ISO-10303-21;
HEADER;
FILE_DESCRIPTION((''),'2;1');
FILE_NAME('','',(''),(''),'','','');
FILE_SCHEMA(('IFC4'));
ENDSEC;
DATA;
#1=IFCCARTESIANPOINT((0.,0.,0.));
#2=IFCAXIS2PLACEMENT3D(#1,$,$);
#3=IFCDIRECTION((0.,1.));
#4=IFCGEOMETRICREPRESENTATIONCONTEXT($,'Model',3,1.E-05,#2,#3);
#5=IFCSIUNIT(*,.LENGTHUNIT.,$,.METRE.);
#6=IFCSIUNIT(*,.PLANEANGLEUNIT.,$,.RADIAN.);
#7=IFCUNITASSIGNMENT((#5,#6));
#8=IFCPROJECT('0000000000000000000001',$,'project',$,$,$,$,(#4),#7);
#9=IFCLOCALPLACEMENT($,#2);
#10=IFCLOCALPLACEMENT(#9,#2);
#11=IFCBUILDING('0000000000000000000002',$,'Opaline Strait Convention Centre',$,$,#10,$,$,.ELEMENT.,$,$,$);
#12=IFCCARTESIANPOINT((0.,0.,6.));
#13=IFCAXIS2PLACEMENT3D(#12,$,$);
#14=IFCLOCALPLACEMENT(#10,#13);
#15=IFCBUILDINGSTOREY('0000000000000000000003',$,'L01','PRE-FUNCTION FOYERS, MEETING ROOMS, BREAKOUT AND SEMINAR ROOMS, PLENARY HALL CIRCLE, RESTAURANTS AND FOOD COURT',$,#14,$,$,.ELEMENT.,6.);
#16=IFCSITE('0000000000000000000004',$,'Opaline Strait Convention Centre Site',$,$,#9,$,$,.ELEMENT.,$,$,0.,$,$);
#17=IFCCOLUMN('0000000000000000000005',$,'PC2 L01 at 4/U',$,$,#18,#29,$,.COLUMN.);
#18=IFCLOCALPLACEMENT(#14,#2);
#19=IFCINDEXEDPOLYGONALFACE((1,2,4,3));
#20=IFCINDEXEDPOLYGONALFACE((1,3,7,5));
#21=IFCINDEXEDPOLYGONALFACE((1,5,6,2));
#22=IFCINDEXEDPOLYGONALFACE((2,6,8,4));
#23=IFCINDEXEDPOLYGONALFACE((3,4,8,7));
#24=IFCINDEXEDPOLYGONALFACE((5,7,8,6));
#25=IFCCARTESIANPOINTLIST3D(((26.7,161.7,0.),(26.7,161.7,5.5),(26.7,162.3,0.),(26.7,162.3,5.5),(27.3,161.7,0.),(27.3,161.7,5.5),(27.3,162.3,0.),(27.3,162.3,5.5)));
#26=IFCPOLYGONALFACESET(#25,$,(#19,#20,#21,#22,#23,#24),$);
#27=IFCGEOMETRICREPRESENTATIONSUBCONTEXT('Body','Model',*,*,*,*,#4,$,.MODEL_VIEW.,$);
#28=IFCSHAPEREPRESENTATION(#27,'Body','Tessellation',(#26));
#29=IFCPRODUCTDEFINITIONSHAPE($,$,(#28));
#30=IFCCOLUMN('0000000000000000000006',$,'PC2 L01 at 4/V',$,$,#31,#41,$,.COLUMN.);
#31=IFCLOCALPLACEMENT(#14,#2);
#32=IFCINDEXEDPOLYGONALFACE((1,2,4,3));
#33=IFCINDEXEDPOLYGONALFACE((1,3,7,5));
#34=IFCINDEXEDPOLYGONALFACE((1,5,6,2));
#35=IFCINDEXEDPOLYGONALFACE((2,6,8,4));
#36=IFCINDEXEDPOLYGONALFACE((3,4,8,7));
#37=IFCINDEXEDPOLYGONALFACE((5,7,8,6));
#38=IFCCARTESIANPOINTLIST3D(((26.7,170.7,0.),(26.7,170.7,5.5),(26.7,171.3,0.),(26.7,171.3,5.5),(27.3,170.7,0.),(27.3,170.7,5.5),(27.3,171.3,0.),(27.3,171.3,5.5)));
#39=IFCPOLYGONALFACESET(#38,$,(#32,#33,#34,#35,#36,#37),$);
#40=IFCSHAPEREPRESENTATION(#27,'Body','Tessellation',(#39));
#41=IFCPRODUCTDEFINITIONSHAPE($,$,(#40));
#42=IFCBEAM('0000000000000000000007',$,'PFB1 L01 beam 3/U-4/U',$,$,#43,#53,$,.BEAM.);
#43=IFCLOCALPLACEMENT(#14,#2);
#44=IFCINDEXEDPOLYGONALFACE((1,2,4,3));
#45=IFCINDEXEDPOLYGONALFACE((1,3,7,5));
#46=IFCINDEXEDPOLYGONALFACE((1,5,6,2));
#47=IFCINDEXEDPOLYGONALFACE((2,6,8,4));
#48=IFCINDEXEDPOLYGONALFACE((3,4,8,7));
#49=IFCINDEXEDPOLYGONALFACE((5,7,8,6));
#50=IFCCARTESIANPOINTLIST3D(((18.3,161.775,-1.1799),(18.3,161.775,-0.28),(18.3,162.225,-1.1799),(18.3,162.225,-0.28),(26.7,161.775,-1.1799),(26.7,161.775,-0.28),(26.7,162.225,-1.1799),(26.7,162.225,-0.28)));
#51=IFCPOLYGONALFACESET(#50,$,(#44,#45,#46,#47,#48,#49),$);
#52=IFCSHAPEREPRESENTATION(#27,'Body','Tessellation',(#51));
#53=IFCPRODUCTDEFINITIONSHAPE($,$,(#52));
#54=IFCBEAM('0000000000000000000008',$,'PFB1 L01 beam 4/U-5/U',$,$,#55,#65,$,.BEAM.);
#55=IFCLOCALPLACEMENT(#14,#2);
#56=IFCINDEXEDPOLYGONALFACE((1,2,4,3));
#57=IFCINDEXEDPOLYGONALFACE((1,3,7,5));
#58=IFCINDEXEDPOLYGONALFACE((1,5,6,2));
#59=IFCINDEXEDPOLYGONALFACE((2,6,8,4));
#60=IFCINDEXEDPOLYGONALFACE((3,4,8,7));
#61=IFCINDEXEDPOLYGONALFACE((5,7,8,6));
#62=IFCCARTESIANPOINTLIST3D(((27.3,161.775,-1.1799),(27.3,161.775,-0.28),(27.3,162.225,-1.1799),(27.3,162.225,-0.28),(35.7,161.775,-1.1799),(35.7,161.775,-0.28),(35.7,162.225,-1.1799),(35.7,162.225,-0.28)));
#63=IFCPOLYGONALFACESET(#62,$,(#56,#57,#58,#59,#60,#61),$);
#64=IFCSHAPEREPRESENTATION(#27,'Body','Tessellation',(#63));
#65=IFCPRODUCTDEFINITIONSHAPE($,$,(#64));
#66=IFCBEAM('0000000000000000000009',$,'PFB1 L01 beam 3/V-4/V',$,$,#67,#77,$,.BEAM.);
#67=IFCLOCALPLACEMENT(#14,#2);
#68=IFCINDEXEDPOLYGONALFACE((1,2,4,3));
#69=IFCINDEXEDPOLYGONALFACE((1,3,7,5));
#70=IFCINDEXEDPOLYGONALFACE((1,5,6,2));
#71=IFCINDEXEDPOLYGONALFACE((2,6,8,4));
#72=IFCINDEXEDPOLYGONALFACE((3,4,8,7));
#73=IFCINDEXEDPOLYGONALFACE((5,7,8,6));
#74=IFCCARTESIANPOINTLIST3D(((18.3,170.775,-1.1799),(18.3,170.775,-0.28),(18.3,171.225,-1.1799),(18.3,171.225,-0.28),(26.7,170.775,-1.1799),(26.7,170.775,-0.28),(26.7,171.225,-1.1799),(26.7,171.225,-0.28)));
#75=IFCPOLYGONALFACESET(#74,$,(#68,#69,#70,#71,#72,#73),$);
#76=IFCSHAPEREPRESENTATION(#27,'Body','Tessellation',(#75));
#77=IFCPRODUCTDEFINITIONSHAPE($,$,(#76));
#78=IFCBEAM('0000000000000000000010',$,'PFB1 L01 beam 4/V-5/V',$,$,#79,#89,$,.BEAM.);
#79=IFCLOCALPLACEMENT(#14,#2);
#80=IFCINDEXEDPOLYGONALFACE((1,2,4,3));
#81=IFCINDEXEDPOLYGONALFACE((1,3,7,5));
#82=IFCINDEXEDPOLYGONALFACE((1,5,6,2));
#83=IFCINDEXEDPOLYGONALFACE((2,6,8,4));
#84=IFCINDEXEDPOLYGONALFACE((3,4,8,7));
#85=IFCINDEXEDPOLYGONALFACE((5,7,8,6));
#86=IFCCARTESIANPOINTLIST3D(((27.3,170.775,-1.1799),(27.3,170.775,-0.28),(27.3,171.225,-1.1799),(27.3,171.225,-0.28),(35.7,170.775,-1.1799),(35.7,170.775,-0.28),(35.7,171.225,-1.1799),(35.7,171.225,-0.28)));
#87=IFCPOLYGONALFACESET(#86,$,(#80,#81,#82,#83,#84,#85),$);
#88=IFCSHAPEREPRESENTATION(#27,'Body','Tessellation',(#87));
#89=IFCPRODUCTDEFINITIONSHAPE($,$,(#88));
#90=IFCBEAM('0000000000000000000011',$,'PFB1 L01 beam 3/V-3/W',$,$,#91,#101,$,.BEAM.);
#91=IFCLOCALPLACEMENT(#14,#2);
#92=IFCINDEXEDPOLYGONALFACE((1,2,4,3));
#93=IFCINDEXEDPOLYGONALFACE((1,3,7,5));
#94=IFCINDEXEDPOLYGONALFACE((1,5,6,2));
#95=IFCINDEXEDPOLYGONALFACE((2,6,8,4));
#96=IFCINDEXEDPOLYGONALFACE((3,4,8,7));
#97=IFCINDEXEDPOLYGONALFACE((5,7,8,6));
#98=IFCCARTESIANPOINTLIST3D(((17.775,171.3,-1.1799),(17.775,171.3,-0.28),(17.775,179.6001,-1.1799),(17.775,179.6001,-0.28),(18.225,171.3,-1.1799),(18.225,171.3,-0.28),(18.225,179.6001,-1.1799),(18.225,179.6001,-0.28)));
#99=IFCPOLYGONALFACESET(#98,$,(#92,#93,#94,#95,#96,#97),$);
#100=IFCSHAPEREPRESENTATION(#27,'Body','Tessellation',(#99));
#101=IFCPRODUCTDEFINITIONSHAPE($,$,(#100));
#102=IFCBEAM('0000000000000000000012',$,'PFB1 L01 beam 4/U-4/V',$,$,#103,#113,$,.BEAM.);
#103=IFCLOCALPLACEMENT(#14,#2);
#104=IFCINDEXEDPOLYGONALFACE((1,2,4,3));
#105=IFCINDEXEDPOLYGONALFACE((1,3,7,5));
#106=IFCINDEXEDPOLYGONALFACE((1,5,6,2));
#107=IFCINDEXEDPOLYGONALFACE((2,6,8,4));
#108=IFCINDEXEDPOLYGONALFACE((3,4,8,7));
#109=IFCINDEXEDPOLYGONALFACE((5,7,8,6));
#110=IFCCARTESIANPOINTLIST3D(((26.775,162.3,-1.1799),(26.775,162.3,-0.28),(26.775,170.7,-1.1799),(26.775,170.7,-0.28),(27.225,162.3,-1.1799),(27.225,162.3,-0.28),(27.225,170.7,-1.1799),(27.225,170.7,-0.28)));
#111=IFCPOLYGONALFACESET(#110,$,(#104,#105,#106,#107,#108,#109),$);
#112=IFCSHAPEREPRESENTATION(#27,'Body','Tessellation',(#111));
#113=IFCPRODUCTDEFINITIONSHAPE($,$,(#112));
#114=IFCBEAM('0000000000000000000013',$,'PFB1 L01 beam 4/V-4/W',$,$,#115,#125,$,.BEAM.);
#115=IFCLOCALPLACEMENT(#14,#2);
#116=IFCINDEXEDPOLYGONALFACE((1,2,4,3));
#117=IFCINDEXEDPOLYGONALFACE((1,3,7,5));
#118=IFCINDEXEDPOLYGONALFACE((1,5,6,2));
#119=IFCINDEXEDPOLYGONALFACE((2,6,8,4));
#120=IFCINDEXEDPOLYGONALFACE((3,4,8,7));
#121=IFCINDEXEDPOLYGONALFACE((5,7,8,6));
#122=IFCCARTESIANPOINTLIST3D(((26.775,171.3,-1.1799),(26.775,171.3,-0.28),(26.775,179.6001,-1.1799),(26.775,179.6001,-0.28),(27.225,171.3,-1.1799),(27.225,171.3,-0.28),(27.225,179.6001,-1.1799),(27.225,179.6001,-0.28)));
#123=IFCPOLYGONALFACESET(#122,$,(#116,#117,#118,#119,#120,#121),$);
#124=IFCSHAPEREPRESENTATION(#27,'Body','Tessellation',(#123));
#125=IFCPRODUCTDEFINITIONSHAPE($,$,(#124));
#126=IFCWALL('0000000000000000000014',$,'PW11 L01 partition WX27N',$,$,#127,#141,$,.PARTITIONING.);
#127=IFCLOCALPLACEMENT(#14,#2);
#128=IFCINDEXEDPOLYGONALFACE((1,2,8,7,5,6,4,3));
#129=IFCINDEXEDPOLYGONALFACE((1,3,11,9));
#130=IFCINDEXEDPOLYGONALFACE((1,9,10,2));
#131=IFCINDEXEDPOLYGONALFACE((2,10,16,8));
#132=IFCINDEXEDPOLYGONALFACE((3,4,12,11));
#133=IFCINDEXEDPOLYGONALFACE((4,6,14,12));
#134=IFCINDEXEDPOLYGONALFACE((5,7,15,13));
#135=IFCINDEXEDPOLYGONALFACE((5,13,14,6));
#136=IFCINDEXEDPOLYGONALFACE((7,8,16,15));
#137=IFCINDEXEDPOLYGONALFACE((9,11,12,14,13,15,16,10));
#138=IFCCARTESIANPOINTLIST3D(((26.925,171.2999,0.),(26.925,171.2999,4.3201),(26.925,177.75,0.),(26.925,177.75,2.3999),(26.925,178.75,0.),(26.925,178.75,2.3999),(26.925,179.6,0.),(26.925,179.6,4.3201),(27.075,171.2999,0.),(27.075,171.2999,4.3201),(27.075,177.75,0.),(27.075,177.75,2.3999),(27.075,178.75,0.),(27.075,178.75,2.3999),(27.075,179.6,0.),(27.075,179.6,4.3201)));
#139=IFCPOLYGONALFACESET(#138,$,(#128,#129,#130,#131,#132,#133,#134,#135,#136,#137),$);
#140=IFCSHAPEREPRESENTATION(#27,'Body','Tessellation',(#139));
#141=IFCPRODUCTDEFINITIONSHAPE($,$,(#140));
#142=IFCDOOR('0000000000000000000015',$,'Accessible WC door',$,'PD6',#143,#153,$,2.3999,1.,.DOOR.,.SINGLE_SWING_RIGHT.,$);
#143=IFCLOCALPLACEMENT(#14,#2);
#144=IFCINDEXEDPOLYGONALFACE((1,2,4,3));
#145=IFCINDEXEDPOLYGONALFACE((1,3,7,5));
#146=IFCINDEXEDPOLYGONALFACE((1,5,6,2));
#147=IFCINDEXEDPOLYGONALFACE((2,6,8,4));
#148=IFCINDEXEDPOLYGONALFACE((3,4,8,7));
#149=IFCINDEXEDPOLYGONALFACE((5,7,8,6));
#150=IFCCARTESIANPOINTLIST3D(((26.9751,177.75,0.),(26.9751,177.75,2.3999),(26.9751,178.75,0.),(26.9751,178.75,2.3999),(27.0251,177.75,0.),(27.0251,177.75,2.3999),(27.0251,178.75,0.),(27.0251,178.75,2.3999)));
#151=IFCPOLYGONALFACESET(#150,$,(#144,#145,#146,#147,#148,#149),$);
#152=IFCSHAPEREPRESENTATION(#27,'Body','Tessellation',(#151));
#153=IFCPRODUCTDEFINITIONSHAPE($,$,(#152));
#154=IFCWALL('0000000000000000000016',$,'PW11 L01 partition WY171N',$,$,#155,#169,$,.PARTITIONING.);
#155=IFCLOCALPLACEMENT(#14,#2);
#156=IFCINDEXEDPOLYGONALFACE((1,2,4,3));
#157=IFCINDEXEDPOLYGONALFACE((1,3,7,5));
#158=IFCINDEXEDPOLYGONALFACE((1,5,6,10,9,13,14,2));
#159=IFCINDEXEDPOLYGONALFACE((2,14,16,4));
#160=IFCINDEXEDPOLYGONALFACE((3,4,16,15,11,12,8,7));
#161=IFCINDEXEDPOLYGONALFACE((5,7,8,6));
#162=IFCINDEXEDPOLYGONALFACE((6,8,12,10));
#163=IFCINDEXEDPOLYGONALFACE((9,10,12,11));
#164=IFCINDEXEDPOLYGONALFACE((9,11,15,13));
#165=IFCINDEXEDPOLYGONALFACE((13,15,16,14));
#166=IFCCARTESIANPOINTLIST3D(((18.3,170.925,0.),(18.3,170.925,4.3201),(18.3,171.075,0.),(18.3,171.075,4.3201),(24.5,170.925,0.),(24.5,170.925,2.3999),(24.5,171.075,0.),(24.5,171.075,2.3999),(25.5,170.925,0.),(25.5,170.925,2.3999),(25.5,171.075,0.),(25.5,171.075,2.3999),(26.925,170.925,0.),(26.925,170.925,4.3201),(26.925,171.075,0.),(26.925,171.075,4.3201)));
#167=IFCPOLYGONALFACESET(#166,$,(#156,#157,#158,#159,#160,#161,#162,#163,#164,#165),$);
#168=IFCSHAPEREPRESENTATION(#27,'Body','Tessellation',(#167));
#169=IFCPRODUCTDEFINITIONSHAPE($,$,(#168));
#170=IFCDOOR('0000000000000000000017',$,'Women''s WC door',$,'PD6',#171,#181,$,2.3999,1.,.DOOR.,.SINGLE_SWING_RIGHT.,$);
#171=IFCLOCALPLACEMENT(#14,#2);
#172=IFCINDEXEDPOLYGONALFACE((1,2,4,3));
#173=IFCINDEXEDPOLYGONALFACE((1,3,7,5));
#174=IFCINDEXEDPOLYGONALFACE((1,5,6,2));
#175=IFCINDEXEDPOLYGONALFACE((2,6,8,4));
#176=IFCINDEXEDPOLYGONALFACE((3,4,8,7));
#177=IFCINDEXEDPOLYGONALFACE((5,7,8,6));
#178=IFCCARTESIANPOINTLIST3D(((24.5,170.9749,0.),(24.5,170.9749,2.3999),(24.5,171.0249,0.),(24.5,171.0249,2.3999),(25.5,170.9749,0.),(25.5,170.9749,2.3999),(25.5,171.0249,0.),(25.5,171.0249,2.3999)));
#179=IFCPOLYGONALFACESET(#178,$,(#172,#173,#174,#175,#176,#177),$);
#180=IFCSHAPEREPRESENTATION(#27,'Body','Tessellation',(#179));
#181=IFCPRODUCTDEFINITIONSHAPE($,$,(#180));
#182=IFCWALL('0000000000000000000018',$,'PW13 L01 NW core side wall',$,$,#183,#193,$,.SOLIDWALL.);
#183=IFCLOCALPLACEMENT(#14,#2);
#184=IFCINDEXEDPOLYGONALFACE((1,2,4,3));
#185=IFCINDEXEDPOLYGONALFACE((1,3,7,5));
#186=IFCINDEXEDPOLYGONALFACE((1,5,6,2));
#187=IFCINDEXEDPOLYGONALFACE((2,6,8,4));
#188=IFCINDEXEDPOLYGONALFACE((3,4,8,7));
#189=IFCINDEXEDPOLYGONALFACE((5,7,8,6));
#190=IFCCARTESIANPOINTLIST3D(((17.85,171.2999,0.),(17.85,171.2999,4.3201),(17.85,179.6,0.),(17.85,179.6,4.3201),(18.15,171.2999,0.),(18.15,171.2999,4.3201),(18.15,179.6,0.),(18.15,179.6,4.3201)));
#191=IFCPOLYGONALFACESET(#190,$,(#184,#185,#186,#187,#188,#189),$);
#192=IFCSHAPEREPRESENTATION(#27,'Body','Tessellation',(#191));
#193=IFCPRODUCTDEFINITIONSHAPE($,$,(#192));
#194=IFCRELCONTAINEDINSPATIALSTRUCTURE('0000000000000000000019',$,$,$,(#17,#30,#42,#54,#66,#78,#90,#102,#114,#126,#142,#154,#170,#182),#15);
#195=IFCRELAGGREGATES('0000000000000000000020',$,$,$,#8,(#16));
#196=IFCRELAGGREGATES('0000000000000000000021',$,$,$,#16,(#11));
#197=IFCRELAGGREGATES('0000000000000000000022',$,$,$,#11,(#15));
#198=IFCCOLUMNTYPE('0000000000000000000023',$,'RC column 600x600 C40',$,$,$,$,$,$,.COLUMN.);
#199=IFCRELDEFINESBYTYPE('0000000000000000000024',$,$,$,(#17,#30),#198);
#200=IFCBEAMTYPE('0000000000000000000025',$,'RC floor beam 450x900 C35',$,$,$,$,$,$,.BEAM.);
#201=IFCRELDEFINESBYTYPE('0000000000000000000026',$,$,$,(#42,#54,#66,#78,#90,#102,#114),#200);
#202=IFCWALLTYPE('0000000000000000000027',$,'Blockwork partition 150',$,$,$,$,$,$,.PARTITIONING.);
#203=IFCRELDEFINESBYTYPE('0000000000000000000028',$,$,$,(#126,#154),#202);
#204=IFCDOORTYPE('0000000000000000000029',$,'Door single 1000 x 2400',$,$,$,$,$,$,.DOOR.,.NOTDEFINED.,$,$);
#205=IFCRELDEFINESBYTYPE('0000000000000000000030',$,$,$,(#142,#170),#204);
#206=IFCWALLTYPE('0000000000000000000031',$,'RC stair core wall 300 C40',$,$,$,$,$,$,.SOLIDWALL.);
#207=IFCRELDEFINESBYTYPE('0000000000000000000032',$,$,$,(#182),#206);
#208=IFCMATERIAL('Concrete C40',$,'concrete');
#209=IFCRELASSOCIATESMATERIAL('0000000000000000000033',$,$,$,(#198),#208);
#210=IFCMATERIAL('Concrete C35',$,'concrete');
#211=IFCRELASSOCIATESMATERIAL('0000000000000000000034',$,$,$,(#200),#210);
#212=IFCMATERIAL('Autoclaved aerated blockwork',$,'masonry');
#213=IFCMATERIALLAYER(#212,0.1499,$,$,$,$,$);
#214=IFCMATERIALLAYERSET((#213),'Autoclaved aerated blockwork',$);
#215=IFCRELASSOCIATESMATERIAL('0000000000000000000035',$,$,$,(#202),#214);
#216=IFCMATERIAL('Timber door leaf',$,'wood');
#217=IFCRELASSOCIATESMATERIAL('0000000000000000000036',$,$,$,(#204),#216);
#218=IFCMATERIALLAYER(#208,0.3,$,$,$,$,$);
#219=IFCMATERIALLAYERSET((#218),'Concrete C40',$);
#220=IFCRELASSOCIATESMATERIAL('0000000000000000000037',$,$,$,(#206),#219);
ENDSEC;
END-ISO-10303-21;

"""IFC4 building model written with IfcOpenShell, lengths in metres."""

from ifc_helpers import new_model, si_unit, direction, frame, frame_2d, origin, origin_2d, place, context, subcontext, project, spatial, rectangle, extrude, material, layer, layer_set, material_profile, profile_set, type_object, element, fill, save


model = new_model("IFC4")

# Units and contexts
model_context = context("Model", 3, precision=1e-05, world=origin(), true_north=direction((0.0, 1.0)))
body_context = subcontext(model_context, "Body", "Model", "MODEL_VIEW")
ifc_project = project(units=[si_unit("LENGTHUNIT", "METRE"), si_unit("PLANEANGLEUNIT", "RADIAN")], contexts=[model_context])

# Site, building, storey
site_placement = place(None, origin())
site = spatial("IfcSite", under=ifc_project, at=site_placement, Name="Opaline Strait Convention Centre Site", CompositionType="ELEMENT", RefElevation=0.0)
building_placement = place(site_placement, origin())
building = spatial("IfcBuilding", under=site, at=building_placement, Name="Opaline Strait Convention Centre", CompositionType="ELEMENT")
storey_placement = place(building_placement, frame((0.0, 0.0, 6.0)))
storey = spatial("IfcBuildingStorey", under=building, at=storey_placement, Name="L01", Description="PRE-FUNCTION FOYERS, MEETING ROOMS, BREAKOUT AND SEMINAR ROOMS, PLENARY HALL CIRCLE, RESTAURANTS AND FOOD COURT", CompositionType="ELEMENT", Elevation=6.0)

# Columns
ifc_material_1 = material(Name="Concrete C40", Category="concrete")
ifc_material_profile_1 = material_profile(ifc_material_1, rectangle(XDim=0.6001, YDim=0.6001, at=origin_2d()), Name="RC 600x600")
ifc_profile_set_1 = profile_set([ifc_material_profile_1], Name="Concrete C40")
column_type = type_object("IfcColumnType", Name="RC column 600x600 C40", PredefinedType="COLUMN", material=ifc_profile_set_1)
for number, where, z_axis, x_axis, name in (
    (1, (27.0, 162.0, 0.0), (0.0, 0.0, 1.0), (1.0, 0.0, 0.0), "PC2 L01 at 4/U"),
    (2, (27.0, 171.0, 0.0), (0.0, 0.0, 1.0), (1.0, 0.0, 0.0), "PC2 L01 at 4/V"),
):
    element("IfcColumn", number, at=place(storey_placement, frame(where, z_axis=z_axis, x_axis=x_axis)), inside=storey, type_object=column_type, Name=name, PredefinedType="COLUMN", context=body_context, shape_type="SweptSolid", body=[
        extrude(rectangle(XDim=0.6001, YDim=0.6001, at=origin_2d()), origin(), (0.0, 0.0, 1.0), 5.5),
    ])

# Beams
ifc_material_2 = material(Name="Concrete C35", Category="concrete")
ifc_material_profile_2 = material_profile(ifc_material_2, rectangle(XDim=0.45, YDim=0.8999, at=origin_2d()), Name="RC 450x900")
ifc_profile_set_2 = profile_set([ifc_material_profile_2], Name="Concrete C35")
beam_type = type_object("IfcBeamType", Name="RC floor beam 450x900 C35", PredefinedType="BEAM", material=ifc_profile_set_2)
for number, where, z_axis, x_axis, name in (
    (3, (18.3, 162.0, -0.73), (1.0, 0.0, 0.0), (0.0, 1.0, 0.0), "PFB1 L01 beam 3/U-4/U"),
    (4, (27.3, 162.0, -0.73), (1.0, 0.0, 0.0), (0.0, 1.0, 0.0), "PFB1 L01 beam 4/U-5/U"),
    (5, (18.3, 171.0, -0.73), (1.0, 0.0, 0.0), (0.0, 1.0, 0.0), "PFB1 L01 beam 3/V-4/V"),
    (6, (27.3, 171.0, -0.73), (1.0, 0.0, 0.0), (0.0, 1.0, 0.0), "PFB1 L01 beam 4/V-5/V"),
):
    element("IfcBeam", number, at=place(storey_placement, frame(where, z_axis=z_axis, x_axis=x_axis)), inside=storey, type_object=beam_type, Name=name, PredefinedType="BEAM", context=body_context, shape_type="SweptSolid", body=[
        extrude(rectangle(XDim=0.45, YDim=0.8999, at=origin_2d()), origin(), (0.0, 0.0, 1.0), 8.3999),
    ])
beam_1_placement = place(storey_placement, frame((18.0, 171.3, -0.73), z_axis=(0.0, 1.0, 0.0), x_axis=(-1.0, 0.0, 0.0)))
element("IfcBeam", 7, at=beam_1_placement, inside=storey, type_object=beam_type, Name="PFB1 L01 beam 3/V-3/W", PredefinedType="BEAM", context=body_context, shape_type="SweptSolid", body=[
    extrude(rectangle(XDim=0.45, YDim=0.8999, at=origin_2d()), origin(), (0.0, 0.0, 1.0), 8.3),
])
beam_2_placement = place(storey_placement, frame((27.0, 162.3, -0.73), z_axis=(0.0, 1.0, 0.0), x_axis=(-1.0, 0.0, 0.0)))
element("IfcBeam", 8, at=beam_2_placement, inside=storey, type_object=beam_type, Name="PFB1 L01 beam 4/U-4/V", PredefinedType="BEAM", context=body_context, shape_type="SweptSolid", body=[
    extrude(rectangle(XDim=0.45, YDim=0.8999, at=origin_2d()), origin(), (0.0, 0.0, 1.0), 8.3999),
])
beam_3_placement = place(storey_placement, frame((27.0, 171.3, -0.73), z_axis=(0.0, 1.0, 0.0), x_axis=(-1.0, 0.0, 0.0)))
element("IfcBeam", 9, at=beam_3_placement, inside=storey, type_object=beam_type, Name="PFB1 L01 beam 4/V-4/W", PredefinedType="BEAM", context=body_context, shape_type="SweptSolid", body=[
    extrude(rectangle(XDim=0.45, YDim=0.8999, at=origin_2d()), origin(), (0.0, 0.0, 1.0), 8.3),
])

# Walls, openings, doors
ifc_material_3 = material(Name="Autoclaved aerated blockwork", Category="masonry")
ifc_layer_1 = layer(ifc_material_3, 0.1499)
ifc_layer_set_1 = layer_set([ifc_layer_1], Name="Autoclaved aerated blockwork")
wall_type_1 = type_object("IfcWallType", Name="Blockwork partition 150", PredefinedType="PARTITIONING", material=ifc_layer_set_1)
wall_1_placement = place(storey_placement, frame((27.0, 171.3, 0.0), z_axis=(0.0, 0.0, 1.0), x_axis=(0.0, 1.0, 0.0)))
wall_1 = element("IfcWall", 10, at=wall_1_placement, inside=storey, type_object=wall_type_1, Name="PW11 L01 partition WX27N", PredefinedType="PARTITIONING", context=body_context, shape_type="SweptSolid", body=[
    extrude(rectangle(XDim=8.3, YDim=0.1499, at=frame_2d((4.1499, 0.0))), origin(), (0.0, 0.0, 1.0), 4.3201),
])
opening_1_placement = place(wall_1_placement, frame((6.45, 0.0, 0.0)))
opening_1 = element("IfcOpeningElement", 11, at=opening_1_placement, cuts=wall_1, PredefinedType="OPENING", context=body_context, shape_type="SweptSolid", body=[
    extrude(rectangle(XDim=1.0, YDim=2.3999, at=frame_2d((0.5, 1.2))), frame((0.0, 0.085, 0.0), z_axis=(0.0, -1.0, 0.0), x_axis=(1.0, 0.0, 0.0)), (0.0, 0.0, 1.0), 0.1699),
])
ifc_material_4 = material(Name="Timber door leaf", Category="wood")
door_type = type_object("IfcDoorType", Name="Door single 1000 x 2400", OperationType="NOTDEFINED", PredefinedType="DOOR", material=ifc_material_4)
door_1_placement = place(opening_1_placement, origin())
door_1 = element("IfcDoor", 12, at=door_1_placement, inside=storey, type_object=door_type, Name="Accessible WC door", ObjectType="PD6", OperationType="SINGLE_SWING_RIGHT", OverallHeight=2.3999, OverallWidth=1.0, PredefinedType="DOOR", context=body_context, shape_type="SweptSolid", body=[
    extrude(rectangle(XDim=1.0, YDim=2.3999, at=frame_2d((0.5, 1.2))), frame((0.0, 0.0249, 0.0), z_axis=(0.0, -1.0, 0.0), x_axis=(1.0, 0.0, 0.0)), (0.0, 0.0, 1.0), 0.05),
])
fill(opening_1, door_1)
wall_2_placement = place(storey_placement, frame((18.3, 171.0, 0.0), z_axis=(0.0, 0.0, 1.0), x_axis=(1.0, 0.0, 0.0)))
wall_2 = element("IfcWall", 13, at=wall_2_placement, inside=storey, type_object=wall_type_1, Name="PW11 L01 partition WY171N", PredefinedType="PARTITIONING", context=body_context, shape_type="SweptSolid", body=[
    extrude(rectangle(XDim=8.625, YDim=0.1499, at=frame_2d((4.3125, 0.0))), origin(), (0.0, 0.0, 1.0), 4.3201),
])
opening_2_placement = place(wall_2_placement, frame((6.2, 0.0, 0.0)))
opening_2 = element("IfcOpeningElement", 14, at=opening_2_placement, cuts=wall_2, PredefinedType="OPENING", context=body_context, shape_type="SweptSolid", body=[
    extrude(rectangle(XDim=1.0, YDim=2.3999, at=frame_2d((0.5, 1.2))), frame((0.0, 0.085, 0.0), z_axis=(0.0, -1.0, 0.0), x_axis=(1.0, 0.0, 0.0)), (0.0, 0.0, 1.0), 0.1699),
])
door_2_placement = place(opening_2_placement, origin())
door_2 = element("IfcDoor", 15, at=door_2_placement, inside=storey, type_object=door_type, Name="Women's WC door", ObjectType="PD6", OperationType="SINGLE_SWING_RIGHT", OverallHeight=2.3999, OverallWidth=1.0, PredefinedType="DOOR", context=body_context, shape_type="SweptSolid", body=[
    extrude(rectangle(XDim=1.0, YDim=2.3999, at=frame_2d((0.5, 1.2))), frame((0.0, 0.0249, 0.0), z_axis=(0.0, -1.0, 0.0), x_axis=(1.0, 0.0, 0.0)), (0.0, 0.0, 1.0), 0.05),
])
fill(opening_2, door_2)

# Wall
ifc_layer_2 = layer(ifc_material_1, 0.3)
ifc_layer_set_2 = layer_set([ifc_layer_2], Name="Concrete C40")
wall_type_2 = type_object("IfcWallType", Name="RC stair core wall 300 C40", PredefinedType="SOLIDWALL", material=ifc_layer_set_2)
wall_3_placement = place(storey_placement, frame((18.0, 171.3, 0.0), z_axis=(0.0, 0.0, 1.0), x_axis=(0.0, 1.0, 0.0)))
element("IfcWall", 16, at=wall_3_placement, inside=storey, type_object=wall_type_2, Name="PW13 L01 NW core side wall", PredefinedType="SOLIDWALL", context=body_context, shape_type="SweptSolid", body=[
    extrude(rectangle(XDim=8.3, YDim=0.3, at=frame_2d((4.1499, 0.0))), origin(), (0.0, 0.0, 1.0), 4.3201),
])

save(model, "model.ifc")
